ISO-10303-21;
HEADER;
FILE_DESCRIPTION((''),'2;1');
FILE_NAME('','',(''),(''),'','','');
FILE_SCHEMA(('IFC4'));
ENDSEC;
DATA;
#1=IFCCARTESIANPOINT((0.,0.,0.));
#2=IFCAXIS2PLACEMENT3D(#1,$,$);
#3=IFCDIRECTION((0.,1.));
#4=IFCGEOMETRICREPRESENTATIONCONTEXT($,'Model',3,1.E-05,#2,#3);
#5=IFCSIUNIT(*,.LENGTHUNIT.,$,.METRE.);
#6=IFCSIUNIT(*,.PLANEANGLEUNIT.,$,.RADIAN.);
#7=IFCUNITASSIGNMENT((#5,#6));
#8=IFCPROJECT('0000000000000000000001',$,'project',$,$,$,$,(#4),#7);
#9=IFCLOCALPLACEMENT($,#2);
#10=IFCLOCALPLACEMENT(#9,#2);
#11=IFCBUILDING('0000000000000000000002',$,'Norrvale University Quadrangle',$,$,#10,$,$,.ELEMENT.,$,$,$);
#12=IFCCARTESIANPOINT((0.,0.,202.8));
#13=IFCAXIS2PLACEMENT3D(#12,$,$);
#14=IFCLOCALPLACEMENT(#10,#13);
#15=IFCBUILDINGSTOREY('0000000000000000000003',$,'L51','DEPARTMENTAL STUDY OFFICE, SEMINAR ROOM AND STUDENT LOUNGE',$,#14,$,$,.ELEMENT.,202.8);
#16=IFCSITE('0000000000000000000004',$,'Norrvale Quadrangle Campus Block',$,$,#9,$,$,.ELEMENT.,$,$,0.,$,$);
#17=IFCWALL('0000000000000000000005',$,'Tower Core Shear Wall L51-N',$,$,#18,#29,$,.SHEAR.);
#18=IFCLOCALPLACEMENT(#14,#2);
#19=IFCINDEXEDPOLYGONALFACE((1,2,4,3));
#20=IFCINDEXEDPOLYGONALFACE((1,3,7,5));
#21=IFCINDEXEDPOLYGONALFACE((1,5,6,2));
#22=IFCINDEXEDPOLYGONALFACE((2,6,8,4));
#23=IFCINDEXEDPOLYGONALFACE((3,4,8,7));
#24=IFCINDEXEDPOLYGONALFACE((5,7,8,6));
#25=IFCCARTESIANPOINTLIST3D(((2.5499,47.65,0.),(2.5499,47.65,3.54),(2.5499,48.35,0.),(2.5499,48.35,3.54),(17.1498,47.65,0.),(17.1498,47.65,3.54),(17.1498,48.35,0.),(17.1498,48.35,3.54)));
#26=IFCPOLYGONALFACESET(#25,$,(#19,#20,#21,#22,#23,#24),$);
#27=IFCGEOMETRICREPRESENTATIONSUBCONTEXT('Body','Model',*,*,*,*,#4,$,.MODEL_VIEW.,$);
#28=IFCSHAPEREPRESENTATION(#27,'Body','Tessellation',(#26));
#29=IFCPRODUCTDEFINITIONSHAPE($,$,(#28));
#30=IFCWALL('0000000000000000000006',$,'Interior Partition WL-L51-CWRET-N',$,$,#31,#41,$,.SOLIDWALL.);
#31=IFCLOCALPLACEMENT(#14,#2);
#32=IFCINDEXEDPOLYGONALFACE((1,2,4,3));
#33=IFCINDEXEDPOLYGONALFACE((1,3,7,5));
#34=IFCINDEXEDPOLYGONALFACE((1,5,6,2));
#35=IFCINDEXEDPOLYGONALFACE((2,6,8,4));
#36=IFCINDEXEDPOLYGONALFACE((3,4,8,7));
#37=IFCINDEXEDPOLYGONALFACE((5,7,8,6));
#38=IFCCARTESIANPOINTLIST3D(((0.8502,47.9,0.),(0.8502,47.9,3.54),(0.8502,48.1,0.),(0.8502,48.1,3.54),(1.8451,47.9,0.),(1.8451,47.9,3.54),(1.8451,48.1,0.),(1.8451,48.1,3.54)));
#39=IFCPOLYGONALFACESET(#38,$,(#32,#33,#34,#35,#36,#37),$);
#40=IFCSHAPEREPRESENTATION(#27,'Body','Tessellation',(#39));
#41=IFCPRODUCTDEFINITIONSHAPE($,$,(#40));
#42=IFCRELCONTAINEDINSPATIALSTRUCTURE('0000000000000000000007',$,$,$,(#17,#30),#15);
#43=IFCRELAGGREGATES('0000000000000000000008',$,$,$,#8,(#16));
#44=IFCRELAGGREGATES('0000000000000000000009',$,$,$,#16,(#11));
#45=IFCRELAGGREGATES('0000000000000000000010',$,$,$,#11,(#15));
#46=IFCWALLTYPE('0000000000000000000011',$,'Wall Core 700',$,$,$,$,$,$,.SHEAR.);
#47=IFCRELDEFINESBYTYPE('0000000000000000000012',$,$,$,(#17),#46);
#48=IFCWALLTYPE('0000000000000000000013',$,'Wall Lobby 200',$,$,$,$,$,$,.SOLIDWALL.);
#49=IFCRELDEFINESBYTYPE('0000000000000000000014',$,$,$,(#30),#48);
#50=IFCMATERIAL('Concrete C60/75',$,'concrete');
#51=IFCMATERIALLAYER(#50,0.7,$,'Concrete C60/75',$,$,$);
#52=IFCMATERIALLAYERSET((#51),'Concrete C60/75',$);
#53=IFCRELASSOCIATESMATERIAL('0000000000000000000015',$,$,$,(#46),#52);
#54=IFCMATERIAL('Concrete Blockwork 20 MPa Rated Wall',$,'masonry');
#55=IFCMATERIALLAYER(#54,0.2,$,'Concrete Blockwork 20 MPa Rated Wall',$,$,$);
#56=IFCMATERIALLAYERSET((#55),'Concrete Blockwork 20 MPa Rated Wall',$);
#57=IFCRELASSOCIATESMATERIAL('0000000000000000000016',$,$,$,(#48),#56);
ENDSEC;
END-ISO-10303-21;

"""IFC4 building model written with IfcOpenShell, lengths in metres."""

from ifc_helpers import new_model, si_unit, direction, frame, frame_2d, origin, place, context, subcontext, project, spatial, rectangle, extrude, material, layer, layer_set, type_object, element, save


model = new_model("IFC4")

# Units and contexts
model_context = context("Model", 3, precision=1e-05, world=origin(), true_north=direction((0.0, 1.0)))
body_context = subcontext(model_context, "Body", "Model", "MODEL_VIEW")
ifc_project = project(units=[si_unit("LENGTHUNIT", "METRE"), si_unit("PLANEANGLEUNIT", "RADIAN")], contexts=[model_context])

# Site, building, storey
site_placement = place(None, origin())
site = spatial("IfcSite", under=ifc_project, at=site_placement, Name="Norrvale Quadrangle Campus Block", CompositionType="ELEMENT", RefElevation=0.0)
building_placement = place(site_placement, origin())
building = spatial("IfcBuilding", under=site, at=building_placement, Name="Norrvale University Quadrangle", CompositionType="ELEMENT")
storey_placement = place(building_placement, frame((0.0, 0.0, 202.8)))
storey = spatial("IfcBuildingStorey", under=building, at=storey_placement, Name="L51", Description="DEPARTMENTAL STUDY OFFICE, SEMINAR ROOM AND STUDENT LOUNGE", CompositionType="ELEMENT", Elevation=202.8)

# Shared definitions
ifc_material_1 = material(Name="Concrete C60/75", Category="concrete")

# Walls
ifc_layer_1 = layer(ifc_material_1, 0.7, Name="Concrete C60/75")
ifc_layer_set_1 = layer_set([ifc_layer_1], Name="Concrete C60/75")
wall_type_1 = type_object("IfcWallType", Name="Wall Core 700", PredefinedType="SHEAR", material=ifc_layer_set_1)
wall_1_placement = place(storey_placement, frame((2.55, 48.0, 0.0), z_axis=(0.0, 0.0, 1.0), x_axis=(1.0, 0.0, 0.0)))
element("IfcWall", 1, at=wall_1_placement, inside=storey, type_object=wall_type_1, Name="Tower Core Shear Wall L51-N", PredefinedType="SHEAR", context=body_context, shape_type="SweptSolid", body=[
    extrude(rectangle(XDim=14.5999, YDim=0.7, at=frame_2d((7.2998, 0.0))), origin(), (0.0, 0.0, 1.0), 3.54),
])
ifc_material_2 = material(Name="Concrete Blockwork 20 MPa Rated Wall", Category="masonry")
ifc_layer_2 = layer(ifc_material_2, 0.2, Name="Concrete Blockwork 20 MPa Rated Wall")
ifc_layer_set_2 = layer_set([ifc_layer_2], Name="Concrete Blockwork 20 MPa Rated Wall")
wall_type_2 = type_object("IfcWallType", Name="Wall Lobby 200", PredefinedType="SOLIDWALL", material=ifc_layer_set_2)
wall_2_placement = place(storey_placement, frame((0.8501, 48.0, 0.0), z_axis=(0.0, 0.0, 1.0), x_axis=(1.0, 0.0, 0.0)))
element("IfcWall", 2, at=wall_2_placement, inside=storey, type_object=wall_type_2, Name="Interior Partition WL-L51-CWRET-N", PredefinedType="SOLIDWALL", context=body_context, shape_type="SweptSolid", body=[
    extrude(rectangle(XDim=0.9949, YDim=0.2, at=frame_2d((0.4976, 0.0))), origin(), (0.0, 0.0, 1.0), 3.54),
])

save(model, "model.ifc")
